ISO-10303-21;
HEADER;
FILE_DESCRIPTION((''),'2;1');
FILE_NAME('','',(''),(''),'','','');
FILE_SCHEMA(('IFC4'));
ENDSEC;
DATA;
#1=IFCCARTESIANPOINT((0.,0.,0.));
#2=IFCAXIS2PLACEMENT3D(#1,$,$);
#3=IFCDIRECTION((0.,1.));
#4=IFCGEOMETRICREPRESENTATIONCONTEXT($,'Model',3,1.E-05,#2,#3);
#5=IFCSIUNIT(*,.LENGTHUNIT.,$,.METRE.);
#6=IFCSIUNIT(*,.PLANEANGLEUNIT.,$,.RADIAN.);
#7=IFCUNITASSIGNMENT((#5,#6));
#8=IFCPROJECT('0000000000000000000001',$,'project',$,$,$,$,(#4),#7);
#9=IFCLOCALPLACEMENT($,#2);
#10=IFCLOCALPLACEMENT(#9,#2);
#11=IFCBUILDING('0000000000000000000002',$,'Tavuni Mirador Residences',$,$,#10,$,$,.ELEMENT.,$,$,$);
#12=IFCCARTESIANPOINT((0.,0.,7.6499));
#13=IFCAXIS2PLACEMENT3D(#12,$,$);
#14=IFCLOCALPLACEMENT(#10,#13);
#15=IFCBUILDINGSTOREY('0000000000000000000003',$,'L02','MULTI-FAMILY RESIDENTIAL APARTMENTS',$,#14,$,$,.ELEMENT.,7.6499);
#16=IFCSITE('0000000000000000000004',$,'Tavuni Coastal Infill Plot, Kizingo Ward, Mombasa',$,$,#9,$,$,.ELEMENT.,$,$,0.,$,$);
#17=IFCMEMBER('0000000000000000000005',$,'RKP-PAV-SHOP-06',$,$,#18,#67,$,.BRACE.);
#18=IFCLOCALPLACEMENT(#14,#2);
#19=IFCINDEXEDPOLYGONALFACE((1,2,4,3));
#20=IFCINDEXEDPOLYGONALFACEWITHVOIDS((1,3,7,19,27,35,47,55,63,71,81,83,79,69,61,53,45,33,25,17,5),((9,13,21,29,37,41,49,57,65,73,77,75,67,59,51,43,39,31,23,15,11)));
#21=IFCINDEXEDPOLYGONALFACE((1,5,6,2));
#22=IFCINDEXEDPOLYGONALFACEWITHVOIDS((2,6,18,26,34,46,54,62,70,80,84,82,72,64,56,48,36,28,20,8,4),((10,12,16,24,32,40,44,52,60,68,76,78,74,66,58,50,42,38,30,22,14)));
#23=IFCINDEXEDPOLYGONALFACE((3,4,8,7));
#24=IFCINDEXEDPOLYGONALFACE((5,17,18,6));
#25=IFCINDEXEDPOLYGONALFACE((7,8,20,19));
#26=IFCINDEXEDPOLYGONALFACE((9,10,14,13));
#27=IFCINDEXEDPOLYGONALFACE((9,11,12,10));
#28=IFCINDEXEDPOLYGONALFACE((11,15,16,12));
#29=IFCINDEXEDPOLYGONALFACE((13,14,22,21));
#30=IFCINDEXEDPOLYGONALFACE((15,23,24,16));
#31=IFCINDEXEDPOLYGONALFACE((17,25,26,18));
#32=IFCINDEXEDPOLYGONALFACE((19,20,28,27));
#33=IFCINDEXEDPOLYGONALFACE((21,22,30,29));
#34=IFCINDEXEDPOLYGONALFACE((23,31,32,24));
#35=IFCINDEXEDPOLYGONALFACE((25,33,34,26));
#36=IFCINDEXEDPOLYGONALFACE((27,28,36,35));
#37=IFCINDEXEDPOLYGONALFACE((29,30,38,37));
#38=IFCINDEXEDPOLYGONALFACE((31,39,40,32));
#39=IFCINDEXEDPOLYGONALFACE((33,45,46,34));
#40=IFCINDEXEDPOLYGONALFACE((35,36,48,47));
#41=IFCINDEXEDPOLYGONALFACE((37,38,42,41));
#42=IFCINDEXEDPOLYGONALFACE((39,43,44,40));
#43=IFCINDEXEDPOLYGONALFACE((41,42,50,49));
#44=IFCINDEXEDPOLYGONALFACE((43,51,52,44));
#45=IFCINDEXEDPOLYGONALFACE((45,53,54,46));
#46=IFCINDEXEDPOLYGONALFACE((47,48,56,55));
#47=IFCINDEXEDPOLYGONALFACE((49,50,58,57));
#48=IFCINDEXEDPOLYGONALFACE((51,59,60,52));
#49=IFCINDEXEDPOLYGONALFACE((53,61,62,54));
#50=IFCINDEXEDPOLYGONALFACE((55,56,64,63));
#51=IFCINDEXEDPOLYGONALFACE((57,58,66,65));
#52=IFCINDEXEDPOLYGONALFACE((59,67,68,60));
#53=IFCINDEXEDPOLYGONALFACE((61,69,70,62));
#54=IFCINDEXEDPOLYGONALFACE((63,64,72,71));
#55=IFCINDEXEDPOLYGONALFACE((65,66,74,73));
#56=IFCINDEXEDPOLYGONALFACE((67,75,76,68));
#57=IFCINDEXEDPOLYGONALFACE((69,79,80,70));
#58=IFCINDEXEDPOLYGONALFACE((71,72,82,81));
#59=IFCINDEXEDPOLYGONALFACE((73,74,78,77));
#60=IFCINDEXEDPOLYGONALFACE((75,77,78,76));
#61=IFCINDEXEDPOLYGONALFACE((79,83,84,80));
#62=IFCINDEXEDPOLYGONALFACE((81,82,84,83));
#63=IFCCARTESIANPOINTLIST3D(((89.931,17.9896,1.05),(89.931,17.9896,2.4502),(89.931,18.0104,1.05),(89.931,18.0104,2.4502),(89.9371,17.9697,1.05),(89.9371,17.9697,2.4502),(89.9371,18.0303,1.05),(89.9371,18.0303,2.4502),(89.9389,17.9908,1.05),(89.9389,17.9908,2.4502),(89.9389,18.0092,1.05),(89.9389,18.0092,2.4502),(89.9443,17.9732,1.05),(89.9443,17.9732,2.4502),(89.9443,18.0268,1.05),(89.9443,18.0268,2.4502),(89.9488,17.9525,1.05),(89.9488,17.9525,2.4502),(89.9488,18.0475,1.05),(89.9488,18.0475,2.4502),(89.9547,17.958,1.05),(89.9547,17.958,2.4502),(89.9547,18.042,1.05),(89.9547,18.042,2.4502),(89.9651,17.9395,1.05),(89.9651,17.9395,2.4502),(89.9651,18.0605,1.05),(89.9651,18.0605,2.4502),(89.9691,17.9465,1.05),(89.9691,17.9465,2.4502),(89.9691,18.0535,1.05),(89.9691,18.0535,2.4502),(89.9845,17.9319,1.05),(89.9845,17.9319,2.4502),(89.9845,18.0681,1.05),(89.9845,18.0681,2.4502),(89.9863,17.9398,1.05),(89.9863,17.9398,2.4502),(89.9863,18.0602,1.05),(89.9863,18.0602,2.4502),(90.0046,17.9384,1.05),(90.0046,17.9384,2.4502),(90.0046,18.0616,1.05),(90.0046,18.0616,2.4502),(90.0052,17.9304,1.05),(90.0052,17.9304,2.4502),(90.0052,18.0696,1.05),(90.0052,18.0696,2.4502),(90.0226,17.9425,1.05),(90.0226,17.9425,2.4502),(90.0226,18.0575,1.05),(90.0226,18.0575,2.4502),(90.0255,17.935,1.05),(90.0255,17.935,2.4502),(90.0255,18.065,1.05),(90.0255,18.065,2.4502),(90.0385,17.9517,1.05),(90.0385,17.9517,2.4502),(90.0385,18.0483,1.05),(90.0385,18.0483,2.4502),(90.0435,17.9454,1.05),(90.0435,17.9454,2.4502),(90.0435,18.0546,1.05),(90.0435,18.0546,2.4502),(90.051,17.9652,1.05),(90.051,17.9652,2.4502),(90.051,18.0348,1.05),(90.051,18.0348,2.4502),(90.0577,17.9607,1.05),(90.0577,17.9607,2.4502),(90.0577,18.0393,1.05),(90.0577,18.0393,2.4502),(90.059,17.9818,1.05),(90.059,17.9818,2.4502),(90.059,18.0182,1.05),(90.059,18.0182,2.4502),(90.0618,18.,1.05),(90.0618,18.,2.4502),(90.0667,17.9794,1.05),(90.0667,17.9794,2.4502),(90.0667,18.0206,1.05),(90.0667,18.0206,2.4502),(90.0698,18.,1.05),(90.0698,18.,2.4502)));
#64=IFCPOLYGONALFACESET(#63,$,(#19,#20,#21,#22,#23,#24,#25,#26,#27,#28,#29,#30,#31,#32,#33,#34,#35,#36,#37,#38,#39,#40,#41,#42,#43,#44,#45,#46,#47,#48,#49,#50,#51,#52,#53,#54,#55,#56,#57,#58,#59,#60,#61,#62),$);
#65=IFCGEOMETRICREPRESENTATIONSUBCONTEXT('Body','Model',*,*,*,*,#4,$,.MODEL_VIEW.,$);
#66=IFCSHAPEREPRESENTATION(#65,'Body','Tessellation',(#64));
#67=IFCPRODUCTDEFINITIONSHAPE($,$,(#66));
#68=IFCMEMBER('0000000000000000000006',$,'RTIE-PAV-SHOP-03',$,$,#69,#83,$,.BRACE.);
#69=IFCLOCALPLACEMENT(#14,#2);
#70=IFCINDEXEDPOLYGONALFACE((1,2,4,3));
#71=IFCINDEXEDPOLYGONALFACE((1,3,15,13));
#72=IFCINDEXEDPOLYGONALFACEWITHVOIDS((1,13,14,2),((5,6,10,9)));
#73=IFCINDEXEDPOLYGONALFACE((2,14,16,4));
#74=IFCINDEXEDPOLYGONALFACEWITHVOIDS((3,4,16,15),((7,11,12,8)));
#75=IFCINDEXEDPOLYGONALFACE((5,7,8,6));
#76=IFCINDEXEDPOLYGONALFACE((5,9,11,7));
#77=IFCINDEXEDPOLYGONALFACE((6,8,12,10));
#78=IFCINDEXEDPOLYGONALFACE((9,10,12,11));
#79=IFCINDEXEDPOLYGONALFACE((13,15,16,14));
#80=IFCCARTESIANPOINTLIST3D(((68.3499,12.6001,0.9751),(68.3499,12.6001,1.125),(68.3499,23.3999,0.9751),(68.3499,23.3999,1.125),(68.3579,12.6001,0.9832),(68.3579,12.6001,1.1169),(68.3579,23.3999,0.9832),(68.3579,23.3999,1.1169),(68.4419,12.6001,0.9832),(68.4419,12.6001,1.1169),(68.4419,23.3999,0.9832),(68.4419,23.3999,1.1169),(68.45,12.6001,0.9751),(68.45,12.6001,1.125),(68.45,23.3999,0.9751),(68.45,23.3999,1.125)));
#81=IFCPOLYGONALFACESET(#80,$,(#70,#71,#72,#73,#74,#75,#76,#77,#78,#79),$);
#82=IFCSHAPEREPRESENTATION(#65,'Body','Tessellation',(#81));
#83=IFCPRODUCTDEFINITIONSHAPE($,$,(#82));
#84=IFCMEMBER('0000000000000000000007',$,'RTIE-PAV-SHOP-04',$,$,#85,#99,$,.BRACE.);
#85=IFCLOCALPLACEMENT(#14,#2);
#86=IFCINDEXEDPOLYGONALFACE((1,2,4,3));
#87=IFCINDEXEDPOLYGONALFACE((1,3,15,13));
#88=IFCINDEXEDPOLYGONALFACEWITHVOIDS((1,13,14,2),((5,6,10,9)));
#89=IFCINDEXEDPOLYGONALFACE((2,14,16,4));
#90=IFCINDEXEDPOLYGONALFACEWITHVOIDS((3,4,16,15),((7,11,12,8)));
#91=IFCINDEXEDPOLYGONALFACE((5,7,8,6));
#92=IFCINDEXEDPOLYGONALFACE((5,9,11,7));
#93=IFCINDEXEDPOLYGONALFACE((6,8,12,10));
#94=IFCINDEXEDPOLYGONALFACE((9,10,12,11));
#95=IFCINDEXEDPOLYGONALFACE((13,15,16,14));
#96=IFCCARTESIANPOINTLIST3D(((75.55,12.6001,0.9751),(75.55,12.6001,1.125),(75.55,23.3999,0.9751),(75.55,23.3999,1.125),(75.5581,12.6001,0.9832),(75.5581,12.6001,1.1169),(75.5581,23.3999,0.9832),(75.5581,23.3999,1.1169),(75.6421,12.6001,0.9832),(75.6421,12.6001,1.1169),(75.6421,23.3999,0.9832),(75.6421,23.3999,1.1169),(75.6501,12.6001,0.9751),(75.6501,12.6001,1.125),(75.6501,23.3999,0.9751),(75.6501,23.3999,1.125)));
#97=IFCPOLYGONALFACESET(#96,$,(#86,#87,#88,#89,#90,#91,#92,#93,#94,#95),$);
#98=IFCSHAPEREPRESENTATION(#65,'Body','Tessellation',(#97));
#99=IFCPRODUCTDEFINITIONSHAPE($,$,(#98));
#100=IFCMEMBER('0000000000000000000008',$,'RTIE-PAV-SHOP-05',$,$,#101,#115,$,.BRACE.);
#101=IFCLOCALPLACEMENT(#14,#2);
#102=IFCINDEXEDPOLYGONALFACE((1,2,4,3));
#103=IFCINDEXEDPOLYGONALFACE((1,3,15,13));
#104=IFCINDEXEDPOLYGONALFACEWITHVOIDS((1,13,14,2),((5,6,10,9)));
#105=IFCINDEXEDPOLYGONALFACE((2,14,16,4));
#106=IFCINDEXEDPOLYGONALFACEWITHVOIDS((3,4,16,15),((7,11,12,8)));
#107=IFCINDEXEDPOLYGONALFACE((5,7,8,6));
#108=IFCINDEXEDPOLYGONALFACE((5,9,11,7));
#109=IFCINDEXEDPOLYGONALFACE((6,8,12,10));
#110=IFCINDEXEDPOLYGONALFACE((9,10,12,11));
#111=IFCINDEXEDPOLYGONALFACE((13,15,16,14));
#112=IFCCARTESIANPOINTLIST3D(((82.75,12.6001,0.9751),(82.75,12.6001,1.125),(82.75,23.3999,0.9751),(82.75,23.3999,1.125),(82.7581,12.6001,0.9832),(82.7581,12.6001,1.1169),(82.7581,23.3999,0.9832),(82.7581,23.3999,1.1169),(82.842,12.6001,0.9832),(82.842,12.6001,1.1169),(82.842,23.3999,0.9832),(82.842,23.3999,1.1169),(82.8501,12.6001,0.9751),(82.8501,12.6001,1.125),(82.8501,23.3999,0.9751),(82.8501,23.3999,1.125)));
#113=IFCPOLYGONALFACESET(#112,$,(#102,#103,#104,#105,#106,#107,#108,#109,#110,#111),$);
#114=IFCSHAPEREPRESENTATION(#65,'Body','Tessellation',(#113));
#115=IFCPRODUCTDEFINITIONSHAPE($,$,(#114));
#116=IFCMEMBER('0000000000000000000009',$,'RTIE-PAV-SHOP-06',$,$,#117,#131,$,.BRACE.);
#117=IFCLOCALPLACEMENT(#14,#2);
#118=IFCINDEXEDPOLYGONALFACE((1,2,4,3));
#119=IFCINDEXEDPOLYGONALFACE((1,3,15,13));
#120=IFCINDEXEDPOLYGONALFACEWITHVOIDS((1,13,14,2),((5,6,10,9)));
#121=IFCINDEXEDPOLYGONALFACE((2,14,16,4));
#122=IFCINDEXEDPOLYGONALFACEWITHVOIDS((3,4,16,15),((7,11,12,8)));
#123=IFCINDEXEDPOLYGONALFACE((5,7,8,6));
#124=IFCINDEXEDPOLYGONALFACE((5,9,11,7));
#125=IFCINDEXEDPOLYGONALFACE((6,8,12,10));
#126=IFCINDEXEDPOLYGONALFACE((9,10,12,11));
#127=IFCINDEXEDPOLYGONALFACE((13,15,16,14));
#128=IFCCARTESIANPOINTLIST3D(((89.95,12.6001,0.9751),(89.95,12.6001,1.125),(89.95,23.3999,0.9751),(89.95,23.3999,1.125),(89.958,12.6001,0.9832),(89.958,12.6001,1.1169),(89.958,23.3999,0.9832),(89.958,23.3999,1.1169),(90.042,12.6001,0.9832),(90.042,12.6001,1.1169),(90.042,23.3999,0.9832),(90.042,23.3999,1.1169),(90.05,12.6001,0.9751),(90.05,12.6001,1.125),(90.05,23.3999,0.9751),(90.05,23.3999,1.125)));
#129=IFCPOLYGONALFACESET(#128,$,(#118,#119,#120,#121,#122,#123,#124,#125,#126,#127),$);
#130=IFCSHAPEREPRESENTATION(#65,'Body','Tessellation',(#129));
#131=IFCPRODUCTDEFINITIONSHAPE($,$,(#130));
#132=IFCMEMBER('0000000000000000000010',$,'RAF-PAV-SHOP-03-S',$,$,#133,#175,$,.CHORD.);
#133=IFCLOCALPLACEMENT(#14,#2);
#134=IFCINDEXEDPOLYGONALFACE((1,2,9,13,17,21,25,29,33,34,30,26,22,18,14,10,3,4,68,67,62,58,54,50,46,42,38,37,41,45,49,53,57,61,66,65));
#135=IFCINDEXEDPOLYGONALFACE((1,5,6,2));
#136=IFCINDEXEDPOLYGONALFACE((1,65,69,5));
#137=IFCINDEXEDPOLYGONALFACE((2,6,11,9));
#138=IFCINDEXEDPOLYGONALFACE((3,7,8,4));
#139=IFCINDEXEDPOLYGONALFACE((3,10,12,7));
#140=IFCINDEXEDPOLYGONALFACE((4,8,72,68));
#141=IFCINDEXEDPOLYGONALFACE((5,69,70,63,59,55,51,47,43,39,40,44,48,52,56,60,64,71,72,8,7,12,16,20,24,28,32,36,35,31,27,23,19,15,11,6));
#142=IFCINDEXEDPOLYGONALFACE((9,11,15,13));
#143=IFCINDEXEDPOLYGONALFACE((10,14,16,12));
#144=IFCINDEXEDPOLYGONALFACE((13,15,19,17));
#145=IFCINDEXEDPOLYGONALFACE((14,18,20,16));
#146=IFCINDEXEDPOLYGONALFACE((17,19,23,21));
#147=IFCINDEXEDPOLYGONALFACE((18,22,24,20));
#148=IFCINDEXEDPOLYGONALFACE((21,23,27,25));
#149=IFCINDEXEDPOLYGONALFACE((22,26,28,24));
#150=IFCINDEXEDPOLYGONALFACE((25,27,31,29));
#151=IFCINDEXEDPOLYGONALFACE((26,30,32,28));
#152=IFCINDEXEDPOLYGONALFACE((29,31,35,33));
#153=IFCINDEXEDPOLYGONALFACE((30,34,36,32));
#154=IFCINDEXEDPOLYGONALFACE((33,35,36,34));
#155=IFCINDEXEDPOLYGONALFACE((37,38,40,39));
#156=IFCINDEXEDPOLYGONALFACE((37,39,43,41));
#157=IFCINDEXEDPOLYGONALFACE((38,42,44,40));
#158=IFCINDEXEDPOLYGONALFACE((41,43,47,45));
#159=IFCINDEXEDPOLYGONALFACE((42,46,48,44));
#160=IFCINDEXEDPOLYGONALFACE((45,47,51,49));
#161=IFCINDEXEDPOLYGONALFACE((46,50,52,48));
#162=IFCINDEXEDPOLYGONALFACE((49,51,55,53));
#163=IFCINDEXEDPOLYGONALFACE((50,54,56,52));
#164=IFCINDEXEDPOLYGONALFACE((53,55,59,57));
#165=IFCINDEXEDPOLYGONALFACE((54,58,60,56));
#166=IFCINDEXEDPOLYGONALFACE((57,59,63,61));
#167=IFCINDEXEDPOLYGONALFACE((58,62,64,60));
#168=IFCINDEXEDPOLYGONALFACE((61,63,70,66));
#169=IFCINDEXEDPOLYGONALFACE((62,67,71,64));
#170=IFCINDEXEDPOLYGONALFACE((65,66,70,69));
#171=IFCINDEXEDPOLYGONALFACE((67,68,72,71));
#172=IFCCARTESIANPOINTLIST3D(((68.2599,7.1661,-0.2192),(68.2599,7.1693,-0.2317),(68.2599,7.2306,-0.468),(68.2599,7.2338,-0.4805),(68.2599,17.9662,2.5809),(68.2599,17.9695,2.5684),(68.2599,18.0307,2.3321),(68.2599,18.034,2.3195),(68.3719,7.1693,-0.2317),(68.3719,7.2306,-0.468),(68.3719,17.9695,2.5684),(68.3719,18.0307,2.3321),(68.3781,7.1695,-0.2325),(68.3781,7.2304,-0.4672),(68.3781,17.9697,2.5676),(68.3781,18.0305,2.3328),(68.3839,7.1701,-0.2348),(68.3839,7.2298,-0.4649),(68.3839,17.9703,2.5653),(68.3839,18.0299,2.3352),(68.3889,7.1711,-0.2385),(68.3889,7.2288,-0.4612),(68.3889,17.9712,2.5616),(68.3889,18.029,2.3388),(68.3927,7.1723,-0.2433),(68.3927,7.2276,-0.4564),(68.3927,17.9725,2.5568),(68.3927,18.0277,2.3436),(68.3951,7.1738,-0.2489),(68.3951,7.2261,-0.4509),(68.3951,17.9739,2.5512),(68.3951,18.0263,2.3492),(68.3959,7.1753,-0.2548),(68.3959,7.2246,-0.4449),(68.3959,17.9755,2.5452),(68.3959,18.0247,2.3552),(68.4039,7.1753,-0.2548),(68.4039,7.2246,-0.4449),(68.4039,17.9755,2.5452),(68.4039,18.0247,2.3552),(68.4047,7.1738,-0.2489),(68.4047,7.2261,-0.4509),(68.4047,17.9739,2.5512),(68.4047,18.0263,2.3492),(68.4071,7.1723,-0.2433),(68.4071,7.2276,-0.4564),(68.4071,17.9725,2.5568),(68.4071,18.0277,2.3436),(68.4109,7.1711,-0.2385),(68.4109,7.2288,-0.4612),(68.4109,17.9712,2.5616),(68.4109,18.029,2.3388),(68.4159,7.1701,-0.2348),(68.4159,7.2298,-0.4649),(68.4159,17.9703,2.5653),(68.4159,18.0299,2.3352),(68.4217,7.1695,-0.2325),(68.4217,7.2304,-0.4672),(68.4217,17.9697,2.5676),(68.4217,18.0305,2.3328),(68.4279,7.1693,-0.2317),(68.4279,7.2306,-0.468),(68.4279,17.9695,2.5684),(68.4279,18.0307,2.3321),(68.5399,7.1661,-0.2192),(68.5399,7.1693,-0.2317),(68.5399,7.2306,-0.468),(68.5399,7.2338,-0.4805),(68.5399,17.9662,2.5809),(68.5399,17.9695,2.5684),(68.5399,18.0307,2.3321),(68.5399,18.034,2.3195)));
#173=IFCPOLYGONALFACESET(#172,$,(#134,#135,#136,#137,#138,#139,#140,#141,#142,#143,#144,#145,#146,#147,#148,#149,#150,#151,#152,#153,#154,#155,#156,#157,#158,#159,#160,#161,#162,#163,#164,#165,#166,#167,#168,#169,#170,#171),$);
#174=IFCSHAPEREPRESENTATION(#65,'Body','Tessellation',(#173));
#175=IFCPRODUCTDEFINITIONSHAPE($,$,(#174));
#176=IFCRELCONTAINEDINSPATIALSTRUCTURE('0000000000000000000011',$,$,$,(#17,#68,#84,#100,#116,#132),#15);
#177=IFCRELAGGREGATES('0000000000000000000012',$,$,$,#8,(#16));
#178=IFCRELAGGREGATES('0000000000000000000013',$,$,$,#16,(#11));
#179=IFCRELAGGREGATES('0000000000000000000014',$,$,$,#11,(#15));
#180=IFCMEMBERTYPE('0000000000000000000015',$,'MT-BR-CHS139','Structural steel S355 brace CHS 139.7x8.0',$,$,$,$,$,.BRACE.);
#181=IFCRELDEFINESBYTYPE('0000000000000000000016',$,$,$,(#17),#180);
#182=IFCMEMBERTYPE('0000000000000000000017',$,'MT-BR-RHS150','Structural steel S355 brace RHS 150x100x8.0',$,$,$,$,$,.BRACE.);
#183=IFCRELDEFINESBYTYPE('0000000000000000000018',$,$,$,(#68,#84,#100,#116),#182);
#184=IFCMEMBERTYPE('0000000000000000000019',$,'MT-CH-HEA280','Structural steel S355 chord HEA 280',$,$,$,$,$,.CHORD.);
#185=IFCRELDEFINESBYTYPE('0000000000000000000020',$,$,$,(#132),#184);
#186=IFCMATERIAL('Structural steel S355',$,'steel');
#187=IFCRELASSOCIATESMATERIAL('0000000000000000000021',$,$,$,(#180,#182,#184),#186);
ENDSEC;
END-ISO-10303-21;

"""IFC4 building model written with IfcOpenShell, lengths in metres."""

from ifc_helpers import new_model, si_unit, direction, frame, origin, origin_2d, place, context, subcontext, project, spatial, hollow_rectangle, hollow_circle, i_section, extrude, material, material_profile, profile_set, type_object, element, save


model = new_model("IFC4")

# Units and contexts
model_context = context("Model", 3, precision=1e-05, world=origin(), true_north=direction((0.0, 1.0)))
body_context = subcontext(model_context, "Body", "Model", "MODEL_VIEW")
ifc_project = project(units=[si_unit("LENGTHUNIT", "METRE"), si_unit("PLANEANGLEUNIT", "RADIAN")], contexts=[model_context])

# Site, building, storey
site_placement = place(None, origin())
site = spatial("IfcSite", under=ifc_project, at=site_placement, Name="Tavuni Coastal Infill Plot, Kizingo Ward, Mombasa", CompositionType="ELEMENT", RefElevation=0.0)
building_placement = place(site_placement, origin())
building = spatial("IfcBuilding", under=site, at=building_placement, Name="Tavuni Mirador Residences", CompositionType="ELEMENT")
storey_placement = place(building_placement, frame((0.0, 0.0, 7.6499)))
storey = spatial("IfcBuildingStorey", under=building, at=storey_placement, Name="L02", Description="MULTI-FAMILY RESIDENTIAL APARTMENTS", CompositionType="ELEMENT", Elevation=7.6499)

# Members
ifc_material_1 = material(Name="Structural steel S355", Category="steel")
ifc_material_profile_1 = material_profile(ifc_material_1, hollow_circle(Radius=0.0698, WallThickness=0.0081, at=origin_2d()), Name="CHS 139.7x8.0", Category="steel")
ifc_profile_set_1 = profile_set([ifc_material_profile_1], Name="Structural steel S355")
member_type_1 = type_object("IfcMemberType", Name="MT-BR-CHS139", Description="Structural steel S355 brace CHS 139.7x8.0", PredefinedType="BRACE", material=ifc_profile_set_1)
for number, where, z_axis, x_axis, name in (
    (1, (90.0, 18.0, 1.05), (0.0, 0.0, 1.0), (1.0, 0.0, 0.0), "RKP-PAV-SHOP-06"),
):
    element("IfcMember", number, at=place(storey_placement, frame(where, z_axis=z_axis, x_axis=x_axis)), inside=storey, type_object=member_type_1, Name=name, PredefinedType="BRACE", context=body_context, shape_type="SweptSolid", body=[
        extrude(hollow_circle(Radius=0.0698, WallThickness=0.0081, at=origin_2d()), origin(), (0.0, 0.0, 1.0), 1.4001),
    ])
ifc_material_profile_2 = material_profile(ifc_material_1, hollow_rectangle(XDim=0.1001, YDim=0.1499, WallThickness=0.0081, at=origin_2d()), Name="RHS 150x100x8.0", Category="steel")
ifc_profile_set_2 = profile_set([ifc_material_profile_2], Name="Structural steel S355")
member_type_2 = type_object("IfcMemberType", Name="MT-BR-RHS150", Description="Structural steel S355 brace RHS 150x100x8.0", PredefinedType="BRACE", material=ifc_profile_set_2)
for number, where, z_axis, x_axis, name in (
    (2, (68.3999, 12.6001, 1.05), (0.0, 1.0, 0.0), (-1.0, 0.0, 0.0), "RTIE-PAV-SHOP-03"),
    (3, (75.6001, 12.6001, 1.05), (0.0, 1.0, 0.0), (-1.0, 0.0, 0.0), "RTIE-PAV-SHOP-04"),
    (4, (82.8, 12.6001, 1.05), (0.0, 1.0, 0.0), (-1.0, 0.0, 0.0), "RTIE-PAV-SHOP-05"),
    (5, (90.0, 12.6001, 1.05), (0.0, 1.0, 0.0), (-1.0, 0.0, 0.0), "RTIE-PAV-SHOP-06"),
):
    element("IfcMember", number, at=place(storey_placement, frame(where, z_axis=z_axis, x_axis=x_axis)), inside=storey, type_object=member_type_2, Name=name, PredefinedType="BRACE", context=body_context, shape_type="SweptSolid", body=[
        extrude(hollow_rectangle(XDim=0.1001, YDim=0.1499, WallThickness=0.0081, at=origin_2d()), origin(), (0.0, 0.0, 1.0), 10.7998),
    ])
ifc_material_profile_3 = material_profile(ifc_material_1, i_section(OverallWidth=0.28, OverallDepth=0.27, WebThickness=0.0081, FlangeThickness=0.0129, FilletRadius=0.0239, at=origin_2d()), Name="HEA 280", Category="steel")
ifc_profile_set_3 = profile_set([ifc_material_profile_3], Name="Structural steel S355")
member_type_3 = type_object("IfcMemberType", Name="MT-CH-HEA280", Description="Structural steel S355 chord HEA 280", PredefinedType="CHORD", material=ifc_profile_set_3)
for number, where, z_axis, x_axis, name in (
    (6, (68.3999, 7.2, -0.3499), (0.0, 0.967996, 0.250965), (-1.0, 0.0, 0.0), "RAF-PAV-SHOP-03-S"),
):
    element("IfcMember", number, at=place(storey_placement, frame(where, z_axis=z_axis, x_axis=x_axis)), inside=storey, type_object=member_type_3, Name=name, PredefinedType="CHORD", context=body_context, shape_type="SweptSolid", body=[
        extrude(i_section(OverallWidth=0.28, OverallDepth=0.27, WebThickness=0.0081, FlangeThickness=0.0129, FilletRadius=0.0239, at=origin_2d()), origin(), (0.0, 0.0, 1.0), 11.1572),
    ])

save(model, "model.ifc")
